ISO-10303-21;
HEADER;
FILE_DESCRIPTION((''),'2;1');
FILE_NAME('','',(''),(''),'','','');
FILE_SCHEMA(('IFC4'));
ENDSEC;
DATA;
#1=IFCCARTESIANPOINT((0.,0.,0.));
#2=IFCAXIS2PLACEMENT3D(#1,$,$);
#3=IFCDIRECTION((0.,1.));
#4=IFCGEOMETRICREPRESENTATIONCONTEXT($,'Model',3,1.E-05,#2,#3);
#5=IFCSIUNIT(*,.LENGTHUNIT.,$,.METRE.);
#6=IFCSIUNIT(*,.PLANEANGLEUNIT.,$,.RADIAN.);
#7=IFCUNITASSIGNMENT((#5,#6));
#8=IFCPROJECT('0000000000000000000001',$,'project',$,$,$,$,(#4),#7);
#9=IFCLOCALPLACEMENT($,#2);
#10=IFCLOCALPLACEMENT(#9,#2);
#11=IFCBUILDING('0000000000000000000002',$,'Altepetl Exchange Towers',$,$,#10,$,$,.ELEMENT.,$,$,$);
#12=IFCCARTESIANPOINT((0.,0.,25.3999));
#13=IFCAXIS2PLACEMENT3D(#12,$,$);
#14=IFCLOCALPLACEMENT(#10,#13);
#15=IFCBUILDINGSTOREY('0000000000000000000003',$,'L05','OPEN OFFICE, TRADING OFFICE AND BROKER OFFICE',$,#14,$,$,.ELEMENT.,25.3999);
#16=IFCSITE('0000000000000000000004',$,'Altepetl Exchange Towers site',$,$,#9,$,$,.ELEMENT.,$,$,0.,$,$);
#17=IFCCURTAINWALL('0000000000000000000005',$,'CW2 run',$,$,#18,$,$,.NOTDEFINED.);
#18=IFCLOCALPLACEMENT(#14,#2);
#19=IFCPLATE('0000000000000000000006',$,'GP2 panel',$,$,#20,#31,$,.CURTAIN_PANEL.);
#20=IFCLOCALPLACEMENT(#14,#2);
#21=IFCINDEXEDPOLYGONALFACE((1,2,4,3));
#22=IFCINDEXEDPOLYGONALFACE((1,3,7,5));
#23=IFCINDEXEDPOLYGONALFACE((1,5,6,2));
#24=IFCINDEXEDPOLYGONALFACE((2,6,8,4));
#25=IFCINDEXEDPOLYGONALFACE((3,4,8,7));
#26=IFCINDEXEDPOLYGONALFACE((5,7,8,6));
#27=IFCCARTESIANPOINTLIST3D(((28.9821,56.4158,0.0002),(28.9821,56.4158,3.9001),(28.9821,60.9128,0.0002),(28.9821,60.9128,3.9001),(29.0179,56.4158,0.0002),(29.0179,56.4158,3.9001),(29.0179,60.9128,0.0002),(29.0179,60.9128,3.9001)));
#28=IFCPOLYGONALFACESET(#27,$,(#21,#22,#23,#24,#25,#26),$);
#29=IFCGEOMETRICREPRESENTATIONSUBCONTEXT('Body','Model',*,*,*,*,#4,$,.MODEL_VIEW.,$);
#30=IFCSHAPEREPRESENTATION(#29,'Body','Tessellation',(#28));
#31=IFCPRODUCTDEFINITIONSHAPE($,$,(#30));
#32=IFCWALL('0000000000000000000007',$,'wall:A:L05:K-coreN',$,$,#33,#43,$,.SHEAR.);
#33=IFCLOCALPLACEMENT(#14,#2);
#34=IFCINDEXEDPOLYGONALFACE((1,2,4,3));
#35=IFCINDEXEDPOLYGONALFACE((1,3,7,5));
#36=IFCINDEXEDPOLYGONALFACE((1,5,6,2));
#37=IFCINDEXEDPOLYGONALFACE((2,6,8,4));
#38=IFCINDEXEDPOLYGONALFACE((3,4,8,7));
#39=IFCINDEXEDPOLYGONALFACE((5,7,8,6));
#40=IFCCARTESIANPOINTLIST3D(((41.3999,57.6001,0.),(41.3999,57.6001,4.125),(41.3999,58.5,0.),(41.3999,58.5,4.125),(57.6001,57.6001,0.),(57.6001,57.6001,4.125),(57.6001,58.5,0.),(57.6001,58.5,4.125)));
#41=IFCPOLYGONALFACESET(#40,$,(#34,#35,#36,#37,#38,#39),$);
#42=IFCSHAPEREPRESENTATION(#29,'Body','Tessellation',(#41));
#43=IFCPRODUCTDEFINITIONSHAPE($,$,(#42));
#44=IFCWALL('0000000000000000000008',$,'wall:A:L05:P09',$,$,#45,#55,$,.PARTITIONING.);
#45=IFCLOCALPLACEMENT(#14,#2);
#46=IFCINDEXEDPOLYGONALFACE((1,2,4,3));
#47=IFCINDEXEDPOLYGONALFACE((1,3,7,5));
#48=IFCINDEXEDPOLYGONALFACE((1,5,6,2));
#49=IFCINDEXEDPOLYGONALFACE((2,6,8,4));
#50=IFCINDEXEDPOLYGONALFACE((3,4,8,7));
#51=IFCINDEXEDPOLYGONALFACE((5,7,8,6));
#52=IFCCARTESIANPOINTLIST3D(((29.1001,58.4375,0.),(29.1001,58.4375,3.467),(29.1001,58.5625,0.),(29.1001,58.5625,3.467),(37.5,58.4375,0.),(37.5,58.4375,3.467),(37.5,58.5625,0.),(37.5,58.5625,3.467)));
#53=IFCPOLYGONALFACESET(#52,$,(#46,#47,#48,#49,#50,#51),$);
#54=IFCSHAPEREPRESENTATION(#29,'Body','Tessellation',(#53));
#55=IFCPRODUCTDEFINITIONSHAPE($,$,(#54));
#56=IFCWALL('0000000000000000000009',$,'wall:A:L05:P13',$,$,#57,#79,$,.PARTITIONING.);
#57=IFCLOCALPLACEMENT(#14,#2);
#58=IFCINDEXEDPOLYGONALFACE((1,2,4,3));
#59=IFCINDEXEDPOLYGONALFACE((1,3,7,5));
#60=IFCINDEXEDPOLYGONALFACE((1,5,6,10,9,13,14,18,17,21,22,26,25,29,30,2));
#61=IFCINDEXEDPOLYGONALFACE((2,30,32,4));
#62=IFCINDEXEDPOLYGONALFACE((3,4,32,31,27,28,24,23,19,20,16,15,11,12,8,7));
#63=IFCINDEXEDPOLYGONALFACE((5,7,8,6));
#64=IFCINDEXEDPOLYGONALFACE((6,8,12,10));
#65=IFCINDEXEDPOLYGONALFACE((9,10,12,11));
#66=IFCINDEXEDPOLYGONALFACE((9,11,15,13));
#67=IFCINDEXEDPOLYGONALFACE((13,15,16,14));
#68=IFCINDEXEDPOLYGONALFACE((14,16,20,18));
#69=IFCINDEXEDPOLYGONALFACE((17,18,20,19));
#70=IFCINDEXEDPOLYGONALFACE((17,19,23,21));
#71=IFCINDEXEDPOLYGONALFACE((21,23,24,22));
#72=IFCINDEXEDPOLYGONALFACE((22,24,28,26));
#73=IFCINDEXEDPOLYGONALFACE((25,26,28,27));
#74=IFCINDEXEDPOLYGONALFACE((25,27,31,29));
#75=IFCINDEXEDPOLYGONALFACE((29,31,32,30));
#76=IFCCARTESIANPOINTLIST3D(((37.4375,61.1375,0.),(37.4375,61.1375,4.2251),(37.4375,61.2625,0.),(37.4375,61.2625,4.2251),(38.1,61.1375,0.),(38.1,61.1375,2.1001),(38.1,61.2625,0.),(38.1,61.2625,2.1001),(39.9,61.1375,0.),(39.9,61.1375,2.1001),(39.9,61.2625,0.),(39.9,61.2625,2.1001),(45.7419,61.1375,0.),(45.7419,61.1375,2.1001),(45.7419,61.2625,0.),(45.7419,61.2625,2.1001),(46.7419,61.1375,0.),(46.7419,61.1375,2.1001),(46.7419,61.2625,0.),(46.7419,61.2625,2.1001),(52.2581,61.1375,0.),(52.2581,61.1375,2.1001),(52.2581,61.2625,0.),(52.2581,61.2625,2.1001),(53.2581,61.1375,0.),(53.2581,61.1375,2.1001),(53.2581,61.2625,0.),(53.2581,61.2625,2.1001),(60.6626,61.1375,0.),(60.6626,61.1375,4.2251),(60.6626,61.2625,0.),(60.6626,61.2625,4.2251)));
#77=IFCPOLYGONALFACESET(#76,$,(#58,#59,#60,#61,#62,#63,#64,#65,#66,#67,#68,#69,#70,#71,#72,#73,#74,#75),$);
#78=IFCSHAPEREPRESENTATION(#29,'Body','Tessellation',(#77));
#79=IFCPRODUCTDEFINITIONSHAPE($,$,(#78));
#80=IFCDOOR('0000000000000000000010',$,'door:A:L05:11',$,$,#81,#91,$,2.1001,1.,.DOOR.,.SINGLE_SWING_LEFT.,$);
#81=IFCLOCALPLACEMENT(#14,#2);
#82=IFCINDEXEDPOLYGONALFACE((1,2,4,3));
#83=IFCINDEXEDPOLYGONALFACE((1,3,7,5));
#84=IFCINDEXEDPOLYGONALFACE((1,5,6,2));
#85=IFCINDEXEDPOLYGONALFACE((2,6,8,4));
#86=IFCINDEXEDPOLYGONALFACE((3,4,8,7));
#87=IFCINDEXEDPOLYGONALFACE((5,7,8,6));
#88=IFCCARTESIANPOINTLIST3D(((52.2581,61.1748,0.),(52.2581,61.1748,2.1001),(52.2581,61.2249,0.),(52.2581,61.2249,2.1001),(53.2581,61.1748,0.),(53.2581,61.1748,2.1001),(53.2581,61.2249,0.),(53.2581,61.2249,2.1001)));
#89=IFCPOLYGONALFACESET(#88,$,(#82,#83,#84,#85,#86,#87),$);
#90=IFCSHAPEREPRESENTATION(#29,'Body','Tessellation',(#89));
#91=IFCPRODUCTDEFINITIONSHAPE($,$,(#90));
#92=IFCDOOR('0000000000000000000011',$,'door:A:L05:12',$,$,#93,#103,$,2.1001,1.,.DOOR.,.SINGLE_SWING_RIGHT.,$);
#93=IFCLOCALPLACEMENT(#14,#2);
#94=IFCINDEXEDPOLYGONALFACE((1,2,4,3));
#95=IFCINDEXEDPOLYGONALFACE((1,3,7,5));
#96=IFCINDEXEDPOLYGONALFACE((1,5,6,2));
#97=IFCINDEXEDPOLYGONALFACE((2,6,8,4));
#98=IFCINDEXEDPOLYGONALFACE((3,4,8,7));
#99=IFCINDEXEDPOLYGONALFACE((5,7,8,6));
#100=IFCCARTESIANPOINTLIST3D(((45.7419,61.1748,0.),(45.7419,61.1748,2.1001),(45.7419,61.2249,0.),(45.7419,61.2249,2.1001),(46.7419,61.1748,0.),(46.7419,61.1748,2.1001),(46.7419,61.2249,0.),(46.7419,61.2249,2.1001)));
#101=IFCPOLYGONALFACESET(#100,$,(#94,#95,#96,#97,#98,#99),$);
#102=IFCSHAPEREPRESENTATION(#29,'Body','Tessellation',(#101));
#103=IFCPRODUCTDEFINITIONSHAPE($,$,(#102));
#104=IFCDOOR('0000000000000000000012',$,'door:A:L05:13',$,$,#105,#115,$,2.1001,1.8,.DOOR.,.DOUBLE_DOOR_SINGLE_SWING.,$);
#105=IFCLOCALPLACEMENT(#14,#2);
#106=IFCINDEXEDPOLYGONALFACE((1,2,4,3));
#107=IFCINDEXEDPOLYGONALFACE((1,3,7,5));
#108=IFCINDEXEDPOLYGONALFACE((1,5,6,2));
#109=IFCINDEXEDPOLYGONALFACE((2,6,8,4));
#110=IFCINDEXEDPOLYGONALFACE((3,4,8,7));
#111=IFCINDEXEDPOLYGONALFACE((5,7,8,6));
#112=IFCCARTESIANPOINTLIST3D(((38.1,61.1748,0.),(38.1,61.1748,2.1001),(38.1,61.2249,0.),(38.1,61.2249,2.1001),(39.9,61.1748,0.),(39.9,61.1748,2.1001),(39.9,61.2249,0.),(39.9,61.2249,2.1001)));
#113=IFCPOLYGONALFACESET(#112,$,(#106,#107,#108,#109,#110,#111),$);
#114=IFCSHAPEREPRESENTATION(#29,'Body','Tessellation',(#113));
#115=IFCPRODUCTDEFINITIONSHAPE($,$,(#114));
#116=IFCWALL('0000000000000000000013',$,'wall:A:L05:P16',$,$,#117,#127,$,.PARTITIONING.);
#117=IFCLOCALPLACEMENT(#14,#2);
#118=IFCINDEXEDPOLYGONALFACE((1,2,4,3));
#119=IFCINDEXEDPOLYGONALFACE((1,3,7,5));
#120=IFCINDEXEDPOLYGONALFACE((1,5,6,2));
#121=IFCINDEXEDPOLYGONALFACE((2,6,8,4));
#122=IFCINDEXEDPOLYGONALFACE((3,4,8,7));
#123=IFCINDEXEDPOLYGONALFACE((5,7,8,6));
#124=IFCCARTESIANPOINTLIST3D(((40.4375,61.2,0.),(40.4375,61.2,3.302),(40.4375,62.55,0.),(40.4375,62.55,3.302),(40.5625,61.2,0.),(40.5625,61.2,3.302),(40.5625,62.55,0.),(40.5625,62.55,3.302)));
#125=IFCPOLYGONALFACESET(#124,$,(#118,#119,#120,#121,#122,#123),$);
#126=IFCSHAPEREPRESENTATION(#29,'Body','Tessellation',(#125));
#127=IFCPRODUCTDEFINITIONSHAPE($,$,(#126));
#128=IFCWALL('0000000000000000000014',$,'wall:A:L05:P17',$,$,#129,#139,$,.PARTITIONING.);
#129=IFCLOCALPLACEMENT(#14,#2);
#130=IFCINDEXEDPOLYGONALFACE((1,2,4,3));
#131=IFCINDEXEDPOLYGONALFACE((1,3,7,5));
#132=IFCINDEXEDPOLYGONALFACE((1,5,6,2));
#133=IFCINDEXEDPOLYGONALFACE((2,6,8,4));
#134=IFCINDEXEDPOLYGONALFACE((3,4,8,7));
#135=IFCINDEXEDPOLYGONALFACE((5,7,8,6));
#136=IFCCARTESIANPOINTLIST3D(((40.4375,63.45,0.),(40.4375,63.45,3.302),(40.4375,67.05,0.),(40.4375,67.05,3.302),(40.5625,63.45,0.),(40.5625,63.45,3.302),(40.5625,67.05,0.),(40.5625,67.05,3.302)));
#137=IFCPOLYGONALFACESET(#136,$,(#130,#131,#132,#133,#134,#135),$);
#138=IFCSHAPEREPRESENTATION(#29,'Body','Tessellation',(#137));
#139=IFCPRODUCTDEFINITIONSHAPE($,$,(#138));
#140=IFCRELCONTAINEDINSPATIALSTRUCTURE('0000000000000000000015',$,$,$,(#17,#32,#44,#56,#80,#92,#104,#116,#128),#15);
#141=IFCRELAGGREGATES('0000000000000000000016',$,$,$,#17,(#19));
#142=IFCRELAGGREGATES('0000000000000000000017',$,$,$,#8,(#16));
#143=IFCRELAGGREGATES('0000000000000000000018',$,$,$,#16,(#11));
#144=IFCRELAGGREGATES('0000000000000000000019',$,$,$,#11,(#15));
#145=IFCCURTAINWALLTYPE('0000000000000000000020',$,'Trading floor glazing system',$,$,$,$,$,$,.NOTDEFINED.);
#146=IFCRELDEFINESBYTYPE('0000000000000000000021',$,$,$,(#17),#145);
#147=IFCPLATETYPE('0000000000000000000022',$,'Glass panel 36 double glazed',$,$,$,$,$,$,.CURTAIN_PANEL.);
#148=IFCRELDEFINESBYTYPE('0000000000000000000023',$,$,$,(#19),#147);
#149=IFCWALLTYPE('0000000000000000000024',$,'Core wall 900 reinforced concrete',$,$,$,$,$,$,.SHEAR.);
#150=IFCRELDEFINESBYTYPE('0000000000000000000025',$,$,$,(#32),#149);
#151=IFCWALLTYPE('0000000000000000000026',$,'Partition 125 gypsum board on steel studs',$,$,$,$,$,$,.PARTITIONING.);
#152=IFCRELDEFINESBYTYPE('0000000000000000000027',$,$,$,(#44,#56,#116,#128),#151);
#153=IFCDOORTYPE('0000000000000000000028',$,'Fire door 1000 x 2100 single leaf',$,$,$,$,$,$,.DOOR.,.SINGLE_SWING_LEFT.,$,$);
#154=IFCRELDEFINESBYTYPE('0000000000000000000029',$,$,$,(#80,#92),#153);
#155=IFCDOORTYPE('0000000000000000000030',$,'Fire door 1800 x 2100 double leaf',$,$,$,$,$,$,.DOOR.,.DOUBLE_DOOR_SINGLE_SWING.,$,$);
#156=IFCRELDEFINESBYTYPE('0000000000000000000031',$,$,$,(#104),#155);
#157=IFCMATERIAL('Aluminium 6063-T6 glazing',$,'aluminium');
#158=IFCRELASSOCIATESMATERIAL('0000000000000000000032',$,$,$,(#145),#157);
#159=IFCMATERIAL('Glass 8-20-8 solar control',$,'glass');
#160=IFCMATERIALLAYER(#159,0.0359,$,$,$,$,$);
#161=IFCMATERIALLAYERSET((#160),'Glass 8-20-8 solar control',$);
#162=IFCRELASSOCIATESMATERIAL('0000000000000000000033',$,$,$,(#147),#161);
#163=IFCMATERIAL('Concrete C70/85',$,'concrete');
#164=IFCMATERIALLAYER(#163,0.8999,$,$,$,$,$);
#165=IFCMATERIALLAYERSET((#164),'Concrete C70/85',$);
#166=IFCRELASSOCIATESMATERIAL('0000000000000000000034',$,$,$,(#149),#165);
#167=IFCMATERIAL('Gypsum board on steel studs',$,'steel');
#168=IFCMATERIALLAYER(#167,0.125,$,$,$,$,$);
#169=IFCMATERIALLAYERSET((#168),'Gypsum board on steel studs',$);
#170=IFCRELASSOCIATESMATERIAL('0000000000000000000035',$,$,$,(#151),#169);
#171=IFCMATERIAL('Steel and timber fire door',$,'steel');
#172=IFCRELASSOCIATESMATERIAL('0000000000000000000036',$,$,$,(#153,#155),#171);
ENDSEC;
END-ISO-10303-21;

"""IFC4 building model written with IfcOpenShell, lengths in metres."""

from ifc_helpers import new_model, si_unit, direction, frame, frame_2d, origin, origin_2d, place, context, subcontext, project, spatial, rectangle, extrude, material, layer, layer_set, type_object, element, fill, aggregate, save


model = new_model("IFC4")

# Units and contexts
model_context = context("Model", 3, precision=1e-05, world=origin(), true_north=direction((0.0, 1.0)))
body_context = subcontext(model_context, "Body", "Model", "MODEL_VIEW")
ifc_project = project(units=[si_unit("LENGTHUNIT", "METRE"), si_unit("PLANEANGLEUNIT", "RADIAN")], contexts=[model_context])

# Site, building, storey
site_placement = place(None, origin())
site = spatial("IfcSite", under=ifc_project, at=site_placement, Name="Altepetl Exchange Towers site", CompositionType="ELEMENT", RefElevation=0.0)
building_placement = place(site_placement, origin())
building = spatial("IfcBuilding", under=site, at=building_placement, Name="Altepetl Exchange Towers", CompositionType="ELEMENT")
storey_placement = place(building_placement, frame((0.0, 0.0, 25.3999)))
storey = spatial("IfcBuildingStorey", under=building, at=storey_placement, Name="L05", Description="OPEN OFFICE, TRADING OFFICE AND BROKER OFFICE", CompositionType="ELEMENT", Elevation=25.3999)

# Shared definitions
ifc_material_1 = material(Name="Concrete C70/85", Category="concrete")

# Curtain wall
ifc_material_2 = material(Name="Aluminium 6063-T6 glazing", Category="aluminium")
curtain_wall_type = type_object("IfcCurtainWallType", Name="Trading floor glazing system", PredefinedType="NOTDEFINED", material=ifc_material_2)
curtain_wall_placement = place(storey_placement, origin())
curtain_wall = element("IfcCurtainWall", 1, at=curtain_wall_placement, inside=storey, type_object=curtain_wall_type, Name="CW2 run", PredefinedType="NOTDEFINED")

# Plate
ifc_material_3 = material(Name="Glass 8-20-8 solar control", Category="glass")
ifc_layer_1 = layer(ifc_material_3, 0.0359)
ifc_layer_set_1 = layer_set([ifc_layer_1], Name="Glass 8-20-8 solar control")
plate_type = type_object("IfcPlateType", Name="Glass panel 36 double glazed", PredefinedType="CURTAIN_PANEL", material=ifc_layer_set_1)
plate_1_placement = place(storey_placement, frame((29.0, 58.6643, 0.0002), z_axis=(0.0, 0.0, 1.0), x_axis=(0.0, -1.0, 0.0)))
plate_1 = element("IfcPlate", 2, at=plate_1_placement, type_object=plate_type, Name="GP2 panel", PredefinedType="CURTAIN_PANEL", context=body_context, shape_type="SweptSolid", body=[
    extrude(rectangle(XDim=4.4971, YDim=0.0359, at=origin_2d()), origin(), (0.0, 0.0, 1.0), 3.8999),
])
aggregate(curtain_wall, [plate_1])

# Walls
ifc_layer_2 = layer(ifc_material_1, 0.8999)
ifc_layer_set_2 = layer_set([ifc_layer_2], Name="Concrete C70/85")
wall_type_1 = type_object("IfcWallType", Name="Core wall 900 reinforced concrete", PredefinedType="SHEAR", material=ifc_layer_set_2)
wall_1_placement = place(storey_placement, frame((41.3999, 58.05, 0.0)))
element("IfcWall", 3, at=wall_1_placement, inside=storey, type_object=wall_type_1, Name="wall:A:L05:K-coreN", PredefinedType="SHEAR", context=body_context, shape_type="SweptSolid", body=[
    extrude(rectangle(XDim=16.2002, YDim=0.8999, at=frame_2d((8.1001, 0.0))), origin(), (0.0, 0.0, 1.0), 4.125),
])
ifc_material_4 = material(Name="Gypsum board on steel studs", Category="steel")
ifc_layer_3 = layer(ifc_material_4, 0.125)
ifc_layer_set_3 = layer_set([ifc_layer_3], Name="Gypsum board on steel studs")
wall_type_2 = type_object("IfcWallType", Name="Partition 125 gypsum board on steel studs", PredefinedType="PARTITIONING", material=ifc_layer_set_3)
wall_2_placement = place(storey_placement, frame((29.1001, 58.5, 0.0)))
element("IfcWall", 4, at=wall_2_placement, inside=storey, type_object=wall_type_2, Name="wall:A:L05:P09", PredefinedType="PARTITIONING", context=body_context, shape_type="SweptSolid", body=[
    extrude(rectangle(XDim=8.3999, YDim=0.125, at=frame_2d((4.2, 0.0))), origin(), (0.0, 0.0, 1.0), 3.467),
])

# Wall, openings, doors
wall_3_placement = place(storey_placement, frame((37.4375, 61.2, 0.0)))
wall_3 = element("IfcWall", 5, at=wall_3_placement, inside=storey, type_object=wall_type_2, Name="wall:A:L05:P13", PredefinedType="PARTITIONING", context=body_context, shape_type="SweptSolid", body=[
    extrude(rectangle(XDim=23.2251, YDim=0.125, at=frame_2d((11.6125, 0.0))), origin(), (0.0, 0.0, 1.0), 4.2251),
])
opening_1_placement = place(wall_3_placement, frame((14.8206, 0.0, 0.0)))
opening_1 = element("IfcOpeningElement", 6, at=opening_1_placement, cuts=wall_3, PredefinedType="OPENING", context=body_context, shape_type="SweptSolid", body=[
    extrude(rectangle(XDim=1.0, YDim=2.1001, at=frame_2d((0.5, 1.05))), frame((0.0, 0.0725, 0.0), z_axis=(0.0, -1.0, 0.0), x_axis=(1.0, 0.0, 0.0)), (0.0, 0.0, 1.0), 0.145),
])
opening_2_placement = place(wall_3_placement, frame((8.3044, 0.0, 0.0)))
opening_2 = element("IfcOpeningElement", 7, at=opening_2_placement, cuts=wall_3, PredefinedType="OPENING", context=body_context, shape_type="SweptSolid", body=[
    extrude(rectangle(XDim=1.0, YDim=2.1001, at=frame_2d((0.5, 1.05))), frame((0.0, 0.0725, 0.0), z_axis=(0.0, -1.0, 0.0), x_axis=(1.0, 0.0, 0.0)), (0.0, 0.0, 1.0), 0.145),
])
opening_3_placement = place(wall_3_placement, frame((0.6626, 0.0, 0.0)))
opening_3 = element("IfcOpeningElement", 8, at=opening_3_placement, cuts=wall_3, PredefinedType="OPENING", context=body_context, shape_type="SweptSolid", body=[
    extrude(rectangle(XDim=1.8, YDim=2.1001, at=frame_2d((0.8999, 1.05))), frame((0.0, 0.0725, 0.0), z_axis=(0.0, -1.0, 0.0), x_axis=(1.0, 0.0, 0.0)), (0.0, 0.0, 1.0), 0.145),
])
ifc_material_5 = material(Name="Steel and timber fire door", Category="steel")
door_type_1 = type_object("IfcDoorType", Name="Fire door 1000 x 2100 single leaf", OperationType="SINGLE_SWING_LEFT", PredefinedType="DOOR", material=ifc_material_5)
door_1_placement = place(opening_1_placement, origin())
door_1 = element("IfcDoor", 9, at=door_1_placement, inside=storey, type_object=door_type_1, Name="door:A:L05:11", OperationType="SINGLE_SWING_LEFT", OverallHeight=2.1001, OverallWidth=1.0, PredefinedType="DOOR", context=body_context, shape_type="SweptSolid", body=[
    extrude(rectangle(XDim=1.0, YDim=2.1001, at=frame_2d((0.5, 1.05))), frame((0.0, 0.0249, 0.0), z_axis=(0.0, -1.0, 0.0), x_axis=(1.0, 0.0, 0.0)), (0.0, 0.0, 1.0), 0.05),
])
fill(opening_1, door_1)
door_2_placement = place(opening_2_placement, origin())
door_2 = element("IfcDoor", 10, at=door_2_placement, inside=storey, type_object=door_type_1, Name="door:A:L05:12", OperationType="SINGLE_SWING_RIGHT", OverallHeight=2.1001, OverallWidth=1.0, PredefinedType="DOOR", context=body_context, shape_type="SweptSolid", body=[
    extrude(rectangle(XDim=1.0, YDim=2.1001, at=frame_2d((0.5, 1.05))), frame((0.0, 0.0249, 0.0), z_axis=(0.0, -1.0, 0.0), x_axis=(1.0, 0.0, 0.0)), (0.0, 0.0, 1.0), 0.05),
])
fill(opening_2, door_2)
door_type_2 = type_object("IfcDoorType", Name="Fire door 1800 x 2100 double leaf", OperationType="DOUBLE_DOOR_SINGLE_SWING", PredefinedType="DOOR", material=ifc_material_5)
door_3_placement = place(opening_3_placement, origin())
door_3 = element("IfcDoor", 11, at=door_3_placement, inside=storey, type_object=door_type_2, Name="door:A:L05:13", OperationType="DOUBLE_DOOR_SINGLE_SWING", OverallHeight=2.1001, OverallWidth=1.8, PredefinedType="DOOR", context=body_context, shape_type="SweptSolid", body=[
    extrude(rectangle(XDim=1.8, YDim=2.1001, at=frame_2d((0.8999, 1.05))), frame((0.0, 0.0249, 0.0), z_axis=(0.0, -1.0, 0.0), x_axis=(1.0, 0.0, 0.0)), (0.0, 0.0, 1.0), 0.05),
])
fill(opening_3, door_3)

# Walls
wall_4_placement = place(storey_placement, frame((40.5, 61.2, 0.0), z_axis=(0.0, 0.0, 1.0), x_axis=(0.0, 1.0, 0.0)))
element("IfcWall", 12, at=wall_4_placement, inside=storey, type_object=wall_type_2, Name="wall:A:L05:P16", PredefinedType="PARTITIONING", context=body_context, shape_type="SweptSolid", body=[
    extrude(rectangle(XDim=1.3501, YDim=0.125, at=frame_2d((0.675, 0.0))), origin(), (0.0, 0.0, 1.0), 3.302),
])
wall_5_placement = place(storey_placement, frame((40.5, 63.45, 0.0), z_axis=(0.0, 0.0, 1.0), x_axis=(0.0, 1.0, 0.0)))
element("IfcWall", 13, at=wall_5_placement, inside=storey, type_object=wall_type_2, Name="wall:A:L05:P17", PredefinedType="PARTITIONING", context=body_context, shape_type="SweptSolid", body=[
    extrude(rectangle(XDim=3.6001, YDim=0.125, at=frame_2d((1.8, 0.0))), origin(), (0.0, 0.0, 1.0), 3.302),
])

save(model, "model.ifc")
